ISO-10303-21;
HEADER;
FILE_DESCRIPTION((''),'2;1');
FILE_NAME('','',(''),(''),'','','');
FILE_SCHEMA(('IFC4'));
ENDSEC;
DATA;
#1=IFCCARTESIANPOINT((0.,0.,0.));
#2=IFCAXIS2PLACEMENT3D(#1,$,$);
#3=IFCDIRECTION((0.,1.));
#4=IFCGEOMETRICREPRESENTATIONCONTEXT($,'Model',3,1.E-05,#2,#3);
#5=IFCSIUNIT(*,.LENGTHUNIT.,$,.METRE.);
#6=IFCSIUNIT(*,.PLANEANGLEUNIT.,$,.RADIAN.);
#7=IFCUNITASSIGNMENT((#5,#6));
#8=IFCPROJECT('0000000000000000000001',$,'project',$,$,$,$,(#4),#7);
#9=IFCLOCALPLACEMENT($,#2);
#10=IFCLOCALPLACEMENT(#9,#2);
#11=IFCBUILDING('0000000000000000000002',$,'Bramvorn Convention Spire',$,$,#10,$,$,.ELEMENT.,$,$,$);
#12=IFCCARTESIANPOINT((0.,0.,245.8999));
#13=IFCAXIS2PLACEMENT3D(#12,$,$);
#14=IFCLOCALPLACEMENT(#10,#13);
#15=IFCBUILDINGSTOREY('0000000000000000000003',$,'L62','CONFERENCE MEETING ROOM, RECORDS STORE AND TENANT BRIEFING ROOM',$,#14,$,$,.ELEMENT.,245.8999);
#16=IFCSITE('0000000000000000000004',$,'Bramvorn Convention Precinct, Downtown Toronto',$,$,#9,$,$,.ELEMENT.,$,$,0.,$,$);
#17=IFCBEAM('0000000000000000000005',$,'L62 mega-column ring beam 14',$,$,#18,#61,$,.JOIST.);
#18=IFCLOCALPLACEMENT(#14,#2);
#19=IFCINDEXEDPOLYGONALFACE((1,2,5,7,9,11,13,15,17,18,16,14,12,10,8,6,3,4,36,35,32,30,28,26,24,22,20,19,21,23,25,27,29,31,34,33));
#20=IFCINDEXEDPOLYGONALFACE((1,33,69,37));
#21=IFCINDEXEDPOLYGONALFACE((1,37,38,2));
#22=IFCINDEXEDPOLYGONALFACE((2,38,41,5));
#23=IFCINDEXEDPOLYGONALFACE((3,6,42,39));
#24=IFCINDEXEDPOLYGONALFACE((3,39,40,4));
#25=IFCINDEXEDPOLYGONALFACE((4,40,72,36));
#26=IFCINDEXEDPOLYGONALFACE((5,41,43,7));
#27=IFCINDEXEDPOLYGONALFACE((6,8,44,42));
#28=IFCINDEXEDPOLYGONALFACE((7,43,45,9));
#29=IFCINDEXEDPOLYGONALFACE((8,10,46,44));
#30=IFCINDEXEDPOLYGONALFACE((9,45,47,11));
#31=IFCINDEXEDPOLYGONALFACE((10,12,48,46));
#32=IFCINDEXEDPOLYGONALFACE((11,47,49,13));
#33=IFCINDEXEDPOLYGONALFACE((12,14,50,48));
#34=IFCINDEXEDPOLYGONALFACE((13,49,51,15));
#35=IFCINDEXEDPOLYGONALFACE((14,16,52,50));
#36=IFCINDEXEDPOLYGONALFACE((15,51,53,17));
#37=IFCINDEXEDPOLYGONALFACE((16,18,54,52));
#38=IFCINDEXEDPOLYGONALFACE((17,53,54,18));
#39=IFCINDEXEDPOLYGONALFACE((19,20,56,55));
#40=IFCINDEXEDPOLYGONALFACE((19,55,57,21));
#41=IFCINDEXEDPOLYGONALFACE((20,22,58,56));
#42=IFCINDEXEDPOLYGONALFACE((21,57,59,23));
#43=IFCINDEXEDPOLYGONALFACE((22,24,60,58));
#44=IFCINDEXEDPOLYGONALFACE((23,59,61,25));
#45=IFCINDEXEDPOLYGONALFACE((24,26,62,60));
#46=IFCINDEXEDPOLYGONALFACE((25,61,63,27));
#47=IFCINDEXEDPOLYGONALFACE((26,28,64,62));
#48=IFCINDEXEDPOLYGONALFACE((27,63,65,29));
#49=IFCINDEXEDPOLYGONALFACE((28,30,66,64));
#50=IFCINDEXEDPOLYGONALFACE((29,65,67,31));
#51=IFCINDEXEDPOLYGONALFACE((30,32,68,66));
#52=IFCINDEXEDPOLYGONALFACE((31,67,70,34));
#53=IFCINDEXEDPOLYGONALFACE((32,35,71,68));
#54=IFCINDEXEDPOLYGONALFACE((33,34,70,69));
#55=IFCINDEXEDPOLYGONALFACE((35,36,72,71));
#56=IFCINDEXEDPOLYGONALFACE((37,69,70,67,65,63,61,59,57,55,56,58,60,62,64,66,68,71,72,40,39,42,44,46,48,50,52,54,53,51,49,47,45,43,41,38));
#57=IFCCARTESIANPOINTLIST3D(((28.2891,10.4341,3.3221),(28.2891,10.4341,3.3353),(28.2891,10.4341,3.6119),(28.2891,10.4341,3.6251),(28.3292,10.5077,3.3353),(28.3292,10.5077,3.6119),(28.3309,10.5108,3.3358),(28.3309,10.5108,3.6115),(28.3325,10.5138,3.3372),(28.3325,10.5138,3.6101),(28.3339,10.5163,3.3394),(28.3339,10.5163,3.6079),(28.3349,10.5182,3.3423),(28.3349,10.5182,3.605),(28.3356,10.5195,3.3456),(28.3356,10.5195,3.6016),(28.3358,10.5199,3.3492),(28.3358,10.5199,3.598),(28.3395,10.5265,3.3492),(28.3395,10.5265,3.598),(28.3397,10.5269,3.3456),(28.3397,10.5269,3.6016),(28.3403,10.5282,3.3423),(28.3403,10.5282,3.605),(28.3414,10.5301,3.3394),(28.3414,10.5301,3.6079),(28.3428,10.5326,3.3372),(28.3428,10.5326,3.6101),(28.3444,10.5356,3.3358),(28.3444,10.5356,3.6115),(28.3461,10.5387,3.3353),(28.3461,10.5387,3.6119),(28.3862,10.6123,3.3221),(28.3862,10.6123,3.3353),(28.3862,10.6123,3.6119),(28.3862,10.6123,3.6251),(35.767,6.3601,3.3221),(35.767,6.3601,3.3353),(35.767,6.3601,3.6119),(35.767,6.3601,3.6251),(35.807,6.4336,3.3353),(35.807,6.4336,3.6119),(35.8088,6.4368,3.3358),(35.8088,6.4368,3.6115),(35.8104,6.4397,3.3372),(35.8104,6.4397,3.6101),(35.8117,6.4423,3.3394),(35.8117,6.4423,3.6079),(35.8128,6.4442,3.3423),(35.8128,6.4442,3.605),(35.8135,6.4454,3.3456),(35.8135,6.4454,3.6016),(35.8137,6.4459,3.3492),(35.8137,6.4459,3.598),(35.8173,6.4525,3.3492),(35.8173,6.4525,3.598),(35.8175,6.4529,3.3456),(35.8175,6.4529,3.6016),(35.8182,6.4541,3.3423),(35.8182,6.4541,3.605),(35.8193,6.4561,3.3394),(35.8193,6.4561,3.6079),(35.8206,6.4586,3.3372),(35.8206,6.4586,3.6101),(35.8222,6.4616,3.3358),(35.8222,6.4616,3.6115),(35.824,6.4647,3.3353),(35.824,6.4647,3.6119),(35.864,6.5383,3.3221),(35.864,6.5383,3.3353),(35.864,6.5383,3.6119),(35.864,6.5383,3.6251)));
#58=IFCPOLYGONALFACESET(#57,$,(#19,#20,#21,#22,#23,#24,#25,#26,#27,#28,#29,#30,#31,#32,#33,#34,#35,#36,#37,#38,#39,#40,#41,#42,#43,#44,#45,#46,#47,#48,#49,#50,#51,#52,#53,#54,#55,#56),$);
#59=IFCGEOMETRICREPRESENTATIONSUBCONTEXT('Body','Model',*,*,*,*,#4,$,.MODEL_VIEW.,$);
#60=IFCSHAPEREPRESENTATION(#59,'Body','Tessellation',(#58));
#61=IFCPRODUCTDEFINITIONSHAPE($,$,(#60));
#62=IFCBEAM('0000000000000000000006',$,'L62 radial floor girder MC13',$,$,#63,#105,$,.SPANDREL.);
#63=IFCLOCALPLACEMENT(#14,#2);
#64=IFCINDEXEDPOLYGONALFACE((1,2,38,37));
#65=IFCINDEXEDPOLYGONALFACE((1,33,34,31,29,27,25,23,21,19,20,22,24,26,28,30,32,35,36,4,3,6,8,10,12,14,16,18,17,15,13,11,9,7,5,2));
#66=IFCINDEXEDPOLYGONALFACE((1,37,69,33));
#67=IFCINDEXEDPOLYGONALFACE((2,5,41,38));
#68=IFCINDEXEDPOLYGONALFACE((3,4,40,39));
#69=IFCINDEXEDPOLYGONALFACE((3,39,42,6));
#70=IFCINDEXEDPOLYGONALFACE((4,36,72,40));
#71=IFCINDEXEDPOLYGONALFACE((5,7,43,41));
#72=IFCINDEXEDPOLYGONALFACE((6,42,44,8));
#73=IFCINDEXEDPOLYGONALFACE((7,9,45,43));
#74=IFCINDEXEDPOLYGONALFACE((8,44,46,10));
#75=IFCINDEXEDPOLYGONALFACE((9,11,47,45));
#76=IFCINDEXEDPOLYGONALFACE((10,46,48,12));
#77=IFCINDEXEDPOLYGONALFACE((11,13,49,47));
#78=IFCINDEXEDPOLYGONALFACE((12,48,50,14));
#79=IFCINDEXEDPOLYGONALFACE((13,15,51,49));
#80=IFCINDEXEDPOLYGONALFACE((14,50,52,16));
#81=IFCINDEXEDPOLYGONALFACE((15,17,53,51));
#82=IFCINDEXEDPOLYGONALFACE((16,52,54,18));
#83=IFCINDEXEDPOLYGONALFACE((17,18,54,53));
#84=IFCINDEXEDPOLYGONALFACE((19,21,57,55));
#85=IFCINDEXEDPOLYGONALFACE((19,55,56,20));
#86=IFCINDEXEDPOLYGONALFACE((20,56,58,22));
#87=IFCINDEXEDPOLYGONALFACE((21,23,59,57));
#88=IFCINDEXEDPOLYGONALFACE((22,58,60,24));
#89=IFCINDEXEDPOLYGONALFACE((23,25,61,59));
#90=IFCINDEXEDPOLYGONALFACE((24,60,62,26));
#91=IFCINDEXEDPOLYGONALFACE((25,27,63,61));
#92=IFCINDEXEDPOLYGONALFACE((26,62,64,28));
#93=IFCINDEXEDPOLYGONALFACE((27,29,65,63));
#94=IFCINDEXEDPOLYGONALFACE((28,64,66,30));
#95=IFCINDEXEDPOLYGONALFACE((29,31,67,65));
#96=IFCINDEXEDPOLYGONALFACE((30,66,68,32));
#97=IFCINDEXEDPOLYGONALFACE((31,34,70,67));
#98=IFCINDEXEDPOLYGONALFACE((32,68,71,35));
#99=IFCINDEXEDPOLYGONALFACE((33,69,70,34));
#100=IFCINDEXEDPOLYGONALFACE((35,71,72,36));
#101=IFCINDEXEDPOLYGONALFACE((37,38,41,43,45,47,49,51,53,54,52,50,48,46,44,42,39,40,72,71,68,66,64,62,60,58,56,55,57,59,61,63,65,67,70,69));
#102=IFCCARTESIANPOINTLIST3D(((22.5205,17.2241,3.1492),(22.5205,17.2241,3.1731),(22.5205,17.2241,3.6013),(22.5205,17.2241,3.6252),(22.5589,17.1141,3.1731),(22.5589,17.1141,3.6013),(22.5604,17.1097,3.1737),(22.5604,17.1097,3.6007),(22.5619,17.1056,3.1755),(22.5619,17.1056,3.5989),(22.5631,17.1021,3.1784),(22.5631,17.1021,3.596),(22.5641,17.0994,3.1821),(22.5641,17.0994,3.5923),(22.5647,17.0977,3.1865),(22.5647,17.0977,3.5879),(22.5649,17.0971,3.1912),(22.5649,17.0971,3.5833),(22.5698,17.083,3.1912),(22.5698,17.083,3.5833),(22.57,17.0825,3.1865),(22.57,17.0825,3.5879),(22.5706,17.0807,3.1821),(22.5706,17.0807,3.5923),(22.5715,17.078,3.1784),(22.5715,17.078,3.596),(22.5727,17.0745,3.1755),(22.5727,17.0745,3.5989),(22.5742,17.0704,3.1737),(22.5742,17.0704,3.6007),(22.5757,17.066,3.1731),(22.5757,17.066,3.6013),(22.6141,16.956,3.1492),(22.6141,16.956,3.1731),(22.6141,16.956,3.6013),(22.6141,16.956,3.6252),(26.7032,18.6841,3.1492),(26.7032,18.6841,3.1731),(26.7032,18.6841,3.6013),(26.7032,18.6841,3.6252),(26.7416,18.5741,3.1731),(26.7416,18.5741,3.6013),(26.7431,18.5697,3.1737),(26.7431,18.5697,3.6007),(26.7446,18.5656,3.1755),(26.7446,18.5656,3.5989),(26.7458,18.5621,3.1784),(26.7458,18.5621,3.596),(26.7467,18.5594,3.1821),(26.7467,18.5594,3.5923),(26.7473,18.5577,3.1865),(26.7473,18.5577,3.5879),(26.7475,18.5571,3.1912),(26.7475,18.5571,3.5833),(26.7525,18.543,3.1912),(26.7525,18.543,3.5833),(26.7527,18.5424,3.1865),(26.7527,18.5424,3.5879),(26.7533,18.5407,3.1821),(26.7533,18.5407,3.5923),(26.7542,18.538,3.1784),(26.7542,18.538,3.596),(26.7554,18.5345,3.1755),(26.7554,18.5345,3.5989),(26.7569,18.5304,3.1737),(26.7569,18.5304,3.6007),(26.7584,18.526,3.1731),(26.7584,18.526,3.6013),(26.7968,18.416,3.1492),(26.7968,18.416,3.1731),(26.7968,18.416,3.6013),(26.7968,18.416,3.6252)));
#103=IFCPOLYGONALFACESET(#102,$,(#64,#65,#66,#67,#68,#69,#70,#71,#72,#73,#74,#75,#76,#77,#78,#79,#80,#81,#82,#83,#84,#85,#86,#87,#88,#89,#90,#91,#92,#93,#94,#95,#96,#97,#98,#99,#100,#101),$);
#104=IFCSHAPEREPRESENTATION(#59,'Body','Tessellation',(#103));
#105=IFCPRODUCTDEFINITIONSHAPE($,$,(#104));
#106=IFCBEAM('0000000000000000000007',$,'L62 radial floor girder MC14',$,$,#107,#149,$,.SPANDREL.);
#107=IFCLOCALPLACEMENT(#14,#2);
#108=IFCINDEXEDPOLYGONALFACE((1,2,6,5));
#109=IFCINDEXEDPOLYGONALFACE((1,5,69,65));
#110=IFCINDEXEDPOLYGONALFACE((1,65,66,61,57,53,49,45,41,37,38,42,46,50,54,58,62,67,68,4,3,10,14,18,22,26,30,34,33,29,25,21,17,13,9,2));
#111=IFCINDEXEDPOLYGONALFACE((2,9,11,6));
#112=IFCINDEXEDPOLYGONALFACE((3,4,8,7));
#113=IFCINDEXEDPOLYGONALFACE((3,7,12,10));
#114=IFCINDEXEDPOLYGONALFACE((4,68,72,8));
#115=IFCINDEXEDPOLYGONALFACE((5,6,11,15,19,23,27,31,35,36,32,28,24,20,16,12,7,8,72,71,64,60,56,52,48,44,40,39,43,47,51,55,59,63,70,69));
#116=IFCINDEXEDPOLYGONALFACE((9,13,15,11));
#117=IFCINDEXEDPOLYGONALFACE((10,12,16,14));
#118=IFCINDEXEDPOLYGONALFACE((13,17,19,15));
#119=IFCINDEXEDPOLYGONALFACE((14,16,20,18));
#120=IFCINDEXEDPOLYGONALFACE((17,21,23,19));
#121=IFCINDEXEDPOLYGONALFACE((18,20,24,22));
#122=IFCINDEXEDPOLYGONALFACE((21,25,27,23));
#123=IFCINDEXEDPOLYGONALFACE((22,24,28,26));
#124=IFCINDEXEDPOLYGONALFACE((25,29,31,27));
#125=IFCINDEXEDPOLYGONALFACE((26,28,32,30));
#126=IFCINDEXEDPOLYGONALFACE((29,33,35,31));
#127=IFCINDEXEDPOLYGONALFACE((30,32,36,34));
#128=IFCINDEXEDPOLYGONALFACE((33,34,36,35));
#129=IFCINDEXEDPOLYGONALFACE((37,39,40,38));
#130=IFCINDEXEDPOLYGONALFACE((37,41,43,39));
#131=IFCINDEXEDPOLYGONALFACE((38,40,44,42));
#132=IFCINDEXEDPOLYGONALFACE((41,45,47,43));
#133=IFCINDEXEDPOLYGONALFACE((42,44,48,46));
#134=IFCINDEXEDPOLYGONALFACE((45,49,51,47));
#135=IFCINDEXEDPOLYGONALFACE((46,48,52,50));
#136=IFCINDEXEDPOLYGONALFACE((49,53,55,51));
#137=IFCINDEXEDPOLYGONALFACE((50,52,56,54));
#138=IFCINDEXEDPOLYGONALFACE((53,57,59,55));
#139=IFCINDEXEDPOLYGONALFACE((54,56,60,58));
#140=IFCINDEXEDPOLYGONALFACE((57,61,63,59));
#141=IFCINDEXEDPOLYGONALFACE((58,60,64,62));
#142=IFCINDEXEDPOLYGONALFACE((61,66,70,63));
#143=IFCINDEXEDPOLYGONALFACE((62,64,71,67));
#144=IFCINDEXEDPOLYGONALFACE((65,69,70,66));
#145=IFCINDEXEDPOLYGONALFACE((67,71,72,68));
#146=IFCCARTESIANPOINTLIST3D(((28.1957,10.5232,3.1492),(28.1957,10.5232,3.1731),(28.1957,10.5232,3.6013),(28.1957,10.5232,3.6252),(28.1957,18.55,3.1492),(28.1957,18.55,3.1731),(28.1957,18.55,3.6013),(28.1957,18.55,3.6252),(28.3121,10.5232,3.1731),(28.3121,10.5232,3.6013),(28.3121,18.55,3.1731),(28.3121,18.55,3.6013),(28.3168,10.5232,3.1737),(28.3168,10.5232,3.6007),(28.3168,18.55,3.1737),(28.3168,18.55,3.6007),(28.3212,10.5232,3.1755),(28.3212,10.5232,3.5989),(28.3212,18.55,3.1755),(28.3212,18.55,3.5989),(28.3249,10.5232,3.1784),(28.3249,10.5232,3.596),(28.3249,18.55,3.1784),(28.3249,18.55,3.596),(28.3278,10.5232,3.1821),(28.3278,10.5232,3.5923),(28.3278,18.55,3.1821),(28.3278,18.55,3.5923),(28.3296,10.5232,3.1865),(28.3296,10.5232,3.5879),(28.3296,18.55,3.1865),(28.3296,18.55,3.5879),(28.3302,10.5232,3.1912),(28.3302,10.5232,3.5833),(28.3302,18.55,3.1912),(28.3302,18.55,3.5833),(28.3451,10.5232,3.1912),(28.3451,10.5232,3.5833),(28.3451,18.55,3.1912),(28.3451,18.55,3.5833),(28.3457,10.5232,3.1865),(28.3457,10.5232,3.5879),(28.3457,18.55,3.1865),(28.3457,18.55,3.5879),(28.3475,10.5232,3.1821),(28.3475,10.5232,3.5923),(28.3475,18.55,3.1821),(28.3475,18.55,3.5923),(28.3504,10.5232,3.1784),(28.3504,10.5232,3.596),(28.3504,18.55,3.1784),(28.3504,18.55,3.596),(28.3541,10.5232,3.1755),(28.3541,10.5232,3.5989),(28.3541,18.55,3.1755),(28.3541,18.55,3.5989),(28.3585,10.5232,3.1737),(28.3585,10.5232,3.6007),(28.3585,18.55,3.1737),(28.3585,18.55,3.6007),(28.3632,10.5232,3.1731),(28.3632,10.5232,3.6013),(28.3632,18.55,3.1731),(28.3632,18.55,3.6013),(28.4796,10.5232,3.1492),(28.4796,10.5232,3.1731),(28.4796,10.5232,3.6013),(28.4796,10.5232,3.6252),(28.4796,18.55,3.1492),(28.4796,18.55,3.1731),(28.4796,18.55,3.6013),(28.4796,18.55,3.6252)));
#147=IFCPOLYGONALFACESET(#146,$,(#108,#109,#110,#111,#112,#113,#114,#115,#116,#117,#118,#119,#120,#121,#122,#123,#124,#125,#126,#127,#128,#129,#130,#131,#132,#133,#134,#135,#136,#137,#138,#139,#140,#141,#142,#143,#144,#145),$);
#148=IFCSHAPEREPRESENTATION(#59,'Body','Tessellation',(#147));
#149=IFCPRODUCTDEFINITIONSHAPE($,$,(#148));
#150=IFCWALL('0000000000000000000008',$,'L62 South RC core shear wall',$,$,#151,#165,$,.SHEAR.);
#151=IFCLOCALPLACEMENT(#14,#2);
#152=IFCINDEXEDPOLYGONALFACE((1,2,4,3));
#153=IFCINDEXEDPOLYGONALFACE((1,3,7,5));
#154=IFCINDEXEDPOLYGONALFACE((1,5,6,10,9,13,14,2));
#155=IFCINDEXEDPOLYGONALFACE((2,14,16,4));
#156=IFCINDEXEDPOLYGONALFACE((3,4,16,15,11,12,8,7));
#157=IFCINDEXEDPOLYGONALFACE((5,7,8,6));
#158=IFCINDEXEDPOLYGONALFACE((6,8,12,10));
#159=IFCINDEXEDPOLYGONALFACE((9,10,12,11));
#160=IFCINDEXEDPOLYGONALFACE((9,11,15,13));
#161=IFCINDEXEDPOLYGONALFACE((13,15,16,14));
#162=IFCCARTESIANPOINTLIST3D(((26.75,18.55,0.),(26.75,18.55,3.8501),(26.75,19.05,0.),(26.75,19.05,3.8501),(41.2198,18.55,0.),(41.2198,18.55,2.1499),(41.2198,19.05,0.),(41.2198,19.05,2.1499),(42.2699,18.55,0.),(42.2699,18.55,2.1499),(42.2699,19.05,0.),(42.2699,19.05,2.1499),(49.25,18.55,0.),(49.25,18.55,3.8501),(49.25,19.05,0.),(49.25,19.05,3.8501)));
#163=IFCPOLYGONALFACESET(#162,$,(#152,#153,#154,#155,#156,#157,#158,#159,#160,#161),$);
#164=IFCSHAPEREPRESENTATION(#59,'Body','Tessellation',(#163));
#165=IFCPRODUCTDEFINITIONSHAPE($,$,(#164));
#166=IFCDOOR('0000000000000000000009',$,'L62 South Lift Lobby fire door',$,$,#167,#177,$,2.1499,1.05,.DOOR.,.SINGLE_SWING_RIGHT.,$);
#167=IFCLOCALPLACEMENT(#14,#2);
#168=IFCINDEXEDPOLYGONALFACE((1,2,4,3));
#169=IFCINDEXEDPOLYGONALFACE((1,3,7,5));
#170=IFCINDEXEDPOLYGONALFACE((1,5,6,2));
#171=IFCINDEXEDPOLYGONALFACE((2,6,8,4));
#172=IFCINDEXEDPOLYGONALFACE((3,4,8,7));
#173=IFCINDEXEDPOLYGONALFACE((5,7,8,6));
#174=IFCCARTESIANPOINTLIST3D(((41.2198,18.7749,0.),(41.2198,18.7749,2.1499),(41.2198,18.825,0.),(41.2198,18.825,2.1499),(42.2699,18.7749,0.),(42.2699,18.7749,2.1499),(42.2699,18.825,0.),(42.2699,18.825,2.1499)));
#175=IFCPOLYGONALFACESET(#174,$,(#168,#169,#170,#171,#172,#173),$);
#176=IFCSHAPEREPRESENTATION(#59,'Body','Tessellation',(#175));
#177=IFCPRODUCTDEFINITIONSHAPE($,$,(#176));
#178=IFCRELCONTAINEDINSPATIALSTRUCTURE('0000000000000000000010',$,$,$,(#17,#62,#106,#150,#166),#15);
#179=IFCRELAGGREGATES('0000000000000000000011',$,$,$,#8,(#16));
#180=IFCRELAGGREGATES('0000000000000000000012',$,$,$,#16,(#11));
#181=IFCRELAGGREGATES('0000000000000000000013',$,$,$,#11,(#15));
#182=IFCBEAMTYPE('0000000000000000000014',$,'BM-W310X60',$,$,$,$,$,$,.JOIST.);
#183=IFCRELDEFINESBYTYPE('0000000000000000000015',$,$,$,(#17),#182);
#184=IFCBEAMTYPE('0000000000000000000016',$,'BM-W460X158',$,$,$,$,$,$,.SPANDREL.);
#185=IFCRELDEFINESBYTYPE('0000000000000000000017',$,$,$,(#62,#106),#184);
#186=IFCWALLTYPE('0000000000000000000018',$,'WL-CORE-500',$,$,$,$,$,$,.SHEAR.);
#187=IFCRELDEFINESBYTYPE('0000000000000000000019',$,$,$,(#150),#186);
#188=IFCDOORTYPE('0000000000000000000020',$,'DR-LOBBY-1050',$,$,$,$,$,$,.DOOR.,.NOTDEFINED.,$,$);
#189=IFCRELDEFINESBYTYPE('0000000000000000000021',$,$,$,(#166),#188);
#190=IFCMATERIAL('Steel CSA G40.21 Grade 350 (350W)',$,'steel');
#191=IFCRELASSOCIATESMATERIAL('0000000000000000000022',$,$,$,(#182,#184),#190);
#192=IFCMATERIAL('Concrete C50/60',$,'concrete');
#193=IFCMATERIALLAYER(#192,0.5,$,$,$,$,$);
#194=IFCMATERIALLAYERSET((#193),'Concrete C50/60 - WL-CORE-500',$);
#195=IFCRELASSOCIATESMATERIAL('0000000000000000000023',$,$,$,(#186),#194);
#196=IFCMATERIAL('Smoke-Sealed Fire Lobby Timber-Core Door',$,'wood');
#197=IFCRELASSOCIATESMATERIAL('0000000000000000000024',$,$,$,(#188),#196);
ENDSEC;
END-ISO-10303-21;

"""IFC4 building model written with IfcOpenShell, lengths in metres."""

from ifc_helpers import new_model, si_unit, direction, frame, frame_2d, origin, origin_2d, place, context, subcontext, project, spatial, rectangle, i_section, extrude, material, layer, layer_set, material_profile, profile_set, type_object, element, fill, save


model = new_model("IFC4")

# Units and contexts
model_context = context("Model", 3, precision=1e-05, world=origin(), true_north=direction((0.0, 1.0)))
body_context = subcontext(model_context, "Body", "Model", "MODEL_VIEW")
ifc_project = project(units=[si_unit("LENGTHUNIT", "METRE"), si_unit("PLANEANGLEUNIT", "RADIAN")], contexts=[model_context])

# Site, building, storey
site_placement = place(None, origin())
site = spatial("IfcSite", under=ifc_project, at=site_placement, Name="Bramvorn Convention Precinct, Downtown Toronto", CompositionType="ELEMENT", RefElevation=0.0)
building_placement = place(site_placement, origin())
building = spatial("IfcBuilding", under=site, at=building_placement, Name="Bramvorn Convention Spire", CompositionType="ELEMENT")
storey_placement = place(building_placement, frame((0.0, 0.0, 245.8999)))
storey = spatial("IfcBuildingStorey", under=building, at=storey_placement, Name="L62", Description="CONFERENCE MEETING ROOM, RECORDS STORE AND TENANT BRIEFING ROOM", CompositionType="ELEMENT", Elevation=245.8999)

# Shared definitions
ifc_material_1 = material(Name="Steel CSA G40.21 Grade 350 (350W)", Category="steel")

# Beams
ifc_material_profile_1 = material_profile(ifc_material_1, i_section(OverallWidth=0.2029, OverallDepth=0.303, WebThickness=0.0076, FlangeThickness=0.0132, FilletRadius=0.0139, at=origin_2d()))
ifc_profile_set_1 = profile_set([ifc_material_profile_1], Name="Steel CSA G40.21 Grade 350 (350W) - W310X60")
beam_type_1 = type_object("IfcBeamType", Name="BM-W310X60", PredefinedType="JOIST", material=ifc_profile_set_1)
beam_1_placement = place(storey_placement, frame((28.3376, 10.5232, 3.4736), z_axis=(0.878133, -0.478416, 0.0), x_axis=(0.478416, 0.878133, 0.0)))
element("IfcBeam", 1, at=beam_1_placement, inside=storey, type_object=beam_type_1, Name="L62 mega-column ring beam 14", PredefinedType="JOIST", context=body_context, shape_type="SweptSolid", body=[
    extrude(i_section(OverallWidth=0.2029, OverallDepth=0.303, WebThickness=0.0076, FlangeThickness=0.0132, FilletRadius=0.0139, at=origin_2d()), origin(), (0.0, 0.0, 1.0), 8.5156),
])
ifc_material_profile_2 = material_profile(ifc_material_1, i_section(OverallWidth=0.2839, OverallDepth=0.4761, WebThickness=0.0149, FlangeThickness=0.0239, FilletRadius=0.0181, at=origin_2d()))
ifc_profile_set_2 = profile_set([ifc_material_profile_2], Name="Steel CSA G40.21 Grade 350 (350W) - W460X158")
beam_type_2 = type_object("IfcBeamType", Name="BM-W460X158", PredefinedType="SPANDREL", material=ifc_profile_set_2)
beam_2_placement = place(storey_placement, frame((26.75, 18.55, 3.3872), z_axis=(-0.944136, -0.329555, 0.0), x_axis=(0.329555, -0.944136, 0.0)))
element("IfcBeam", 2, at=beam_2_placement, inside=storey, type_object=beam_type_2, Name="L62 radial floor girder MC13", PredefinedType="SPANDREL", context=body_context, shape_type="SweptSolid", body=[
    extrude(i_section(OverallWidth=0.2839, OverallDepth=0.4761, WebThickness=0.0149, FlangeThickness=0.0239, FilletRadius=0.0181, at=origin_2d()), origin(), (0.0, 0.0, 1.0), 4.4302),
])
beam_3_placement = place(storey_placement, frame((28.3376, 18.55, 3.3872), z_axis=(0.0, -1.0, 0.0), x_axis=(1.0, 0.0, 0.0)))
element("IfcBeam", 3, at=beam_3_placement, inside=storey, type_object=beam_type_2, Name="L62 radial floor girder MC14", PredefinedType="SPANDREL", context=body_context, shape_type="SweptSolid", body=[
    extrude(i_section(OverallWidth=0.2839, OverallDepth=0.4761, WebThickness=0.0149, FlangeThickness=0.0239, FilletRadius=0.0181, at=origin_2d()), origin(), (0.0, 0.0, 1.0), 8.0269),
])

# Wall, opening, door
ifc_material_2 = material(Name="Concrete C50/60", Category="concrete")
ifc_layer_1 = layer(ifc_material_2, 0.5)
ifc_layer_set_1 = layer_set([ifc_layer_1], Name="Concrete C50/60 - WL-CORE-500")
wall_type_1 = type_object("IfcWallType", Name="WL-CORE-500", PredefinedType="SHEAR", material=ifc_layer_set_1)
wall_1_placement = place(storey_placement, frame((26.75, 18.8, 0.0), z_axis=(0.0, 0.0, 1.0), x_axis=(1.0, 0.0, 0.0)))
wall_1 = element("IfcWall", 4, at=wall_1_placement, inside=storey, type_object=wall_type_1, Name="L62 South RC core shear wall", PredefinedType="SHEAR", context=body_context, shape_type="SweptSolid", body=[
    extrude(rectangle(XDim=22.5, YDim=0.5, at=frame_2d((11.25, 0.0))), origin(), (0.0, 0.0, 1.0), 3.8501),
])
opening_1_placement = place(wall_1_placement, frame((14.47, 0.0, 0.0)))
opening_1 = element("IfcOpeningElement", 5, at=opening_1_placement, cuts=wall_1, PredefinedType="OPENING", context=body_context, shape_type="SweptSolid", body=[
    extrude(rectangle(XDim=1.05, YDim=2.1499, at=frame_2d((0.5249, 1.075))), frame((0.0, 0.26, 0.0), z_axis=(0.0, -1.0, 0.0), x_axis=(1.0, 0.0, 0.0)), (0.0, 0.0, 1.0), 0.52),
])
ifc_material_3 = material(Name="Smoke-Sealed Fire Lobby Timber-Core Door", Category="wood")
door_type_1 = type_object("IfcDoorType", Name="DR-LOBBY-1050", OperationType="NOTDEFINED", PredefinedType="DOOR", material=ifc_material_3)
door_1_placement = place(opening_1_placement, origin())
door_1 = element("IfcDoor", 6, at=door_1_placement, inside=storey, type_object=door_type_1, Name="L62 South Lift Lobby fire door", OperationType="SINGLE_SWING_RIGHT", OverallHeight=2.1499, OverallWidth=1.05, PredefinedType="DOOR", context=body_context, shape_type="SweptSolid", body=[
    extrude(rectangle(XDim=1.05, YDim=2.1499, at=frame_2d((0.5249, 1.075))), frame((0.0, 0.0249, 0.0), z_axis=(0.0, -1.0, 0.0), x_axis=(1.0, 0.0, 0.0)), (0.0, 0.0, 1.0), 0.05),
])
fill(opening_1, door_1)

save(model, "model.ifc")
